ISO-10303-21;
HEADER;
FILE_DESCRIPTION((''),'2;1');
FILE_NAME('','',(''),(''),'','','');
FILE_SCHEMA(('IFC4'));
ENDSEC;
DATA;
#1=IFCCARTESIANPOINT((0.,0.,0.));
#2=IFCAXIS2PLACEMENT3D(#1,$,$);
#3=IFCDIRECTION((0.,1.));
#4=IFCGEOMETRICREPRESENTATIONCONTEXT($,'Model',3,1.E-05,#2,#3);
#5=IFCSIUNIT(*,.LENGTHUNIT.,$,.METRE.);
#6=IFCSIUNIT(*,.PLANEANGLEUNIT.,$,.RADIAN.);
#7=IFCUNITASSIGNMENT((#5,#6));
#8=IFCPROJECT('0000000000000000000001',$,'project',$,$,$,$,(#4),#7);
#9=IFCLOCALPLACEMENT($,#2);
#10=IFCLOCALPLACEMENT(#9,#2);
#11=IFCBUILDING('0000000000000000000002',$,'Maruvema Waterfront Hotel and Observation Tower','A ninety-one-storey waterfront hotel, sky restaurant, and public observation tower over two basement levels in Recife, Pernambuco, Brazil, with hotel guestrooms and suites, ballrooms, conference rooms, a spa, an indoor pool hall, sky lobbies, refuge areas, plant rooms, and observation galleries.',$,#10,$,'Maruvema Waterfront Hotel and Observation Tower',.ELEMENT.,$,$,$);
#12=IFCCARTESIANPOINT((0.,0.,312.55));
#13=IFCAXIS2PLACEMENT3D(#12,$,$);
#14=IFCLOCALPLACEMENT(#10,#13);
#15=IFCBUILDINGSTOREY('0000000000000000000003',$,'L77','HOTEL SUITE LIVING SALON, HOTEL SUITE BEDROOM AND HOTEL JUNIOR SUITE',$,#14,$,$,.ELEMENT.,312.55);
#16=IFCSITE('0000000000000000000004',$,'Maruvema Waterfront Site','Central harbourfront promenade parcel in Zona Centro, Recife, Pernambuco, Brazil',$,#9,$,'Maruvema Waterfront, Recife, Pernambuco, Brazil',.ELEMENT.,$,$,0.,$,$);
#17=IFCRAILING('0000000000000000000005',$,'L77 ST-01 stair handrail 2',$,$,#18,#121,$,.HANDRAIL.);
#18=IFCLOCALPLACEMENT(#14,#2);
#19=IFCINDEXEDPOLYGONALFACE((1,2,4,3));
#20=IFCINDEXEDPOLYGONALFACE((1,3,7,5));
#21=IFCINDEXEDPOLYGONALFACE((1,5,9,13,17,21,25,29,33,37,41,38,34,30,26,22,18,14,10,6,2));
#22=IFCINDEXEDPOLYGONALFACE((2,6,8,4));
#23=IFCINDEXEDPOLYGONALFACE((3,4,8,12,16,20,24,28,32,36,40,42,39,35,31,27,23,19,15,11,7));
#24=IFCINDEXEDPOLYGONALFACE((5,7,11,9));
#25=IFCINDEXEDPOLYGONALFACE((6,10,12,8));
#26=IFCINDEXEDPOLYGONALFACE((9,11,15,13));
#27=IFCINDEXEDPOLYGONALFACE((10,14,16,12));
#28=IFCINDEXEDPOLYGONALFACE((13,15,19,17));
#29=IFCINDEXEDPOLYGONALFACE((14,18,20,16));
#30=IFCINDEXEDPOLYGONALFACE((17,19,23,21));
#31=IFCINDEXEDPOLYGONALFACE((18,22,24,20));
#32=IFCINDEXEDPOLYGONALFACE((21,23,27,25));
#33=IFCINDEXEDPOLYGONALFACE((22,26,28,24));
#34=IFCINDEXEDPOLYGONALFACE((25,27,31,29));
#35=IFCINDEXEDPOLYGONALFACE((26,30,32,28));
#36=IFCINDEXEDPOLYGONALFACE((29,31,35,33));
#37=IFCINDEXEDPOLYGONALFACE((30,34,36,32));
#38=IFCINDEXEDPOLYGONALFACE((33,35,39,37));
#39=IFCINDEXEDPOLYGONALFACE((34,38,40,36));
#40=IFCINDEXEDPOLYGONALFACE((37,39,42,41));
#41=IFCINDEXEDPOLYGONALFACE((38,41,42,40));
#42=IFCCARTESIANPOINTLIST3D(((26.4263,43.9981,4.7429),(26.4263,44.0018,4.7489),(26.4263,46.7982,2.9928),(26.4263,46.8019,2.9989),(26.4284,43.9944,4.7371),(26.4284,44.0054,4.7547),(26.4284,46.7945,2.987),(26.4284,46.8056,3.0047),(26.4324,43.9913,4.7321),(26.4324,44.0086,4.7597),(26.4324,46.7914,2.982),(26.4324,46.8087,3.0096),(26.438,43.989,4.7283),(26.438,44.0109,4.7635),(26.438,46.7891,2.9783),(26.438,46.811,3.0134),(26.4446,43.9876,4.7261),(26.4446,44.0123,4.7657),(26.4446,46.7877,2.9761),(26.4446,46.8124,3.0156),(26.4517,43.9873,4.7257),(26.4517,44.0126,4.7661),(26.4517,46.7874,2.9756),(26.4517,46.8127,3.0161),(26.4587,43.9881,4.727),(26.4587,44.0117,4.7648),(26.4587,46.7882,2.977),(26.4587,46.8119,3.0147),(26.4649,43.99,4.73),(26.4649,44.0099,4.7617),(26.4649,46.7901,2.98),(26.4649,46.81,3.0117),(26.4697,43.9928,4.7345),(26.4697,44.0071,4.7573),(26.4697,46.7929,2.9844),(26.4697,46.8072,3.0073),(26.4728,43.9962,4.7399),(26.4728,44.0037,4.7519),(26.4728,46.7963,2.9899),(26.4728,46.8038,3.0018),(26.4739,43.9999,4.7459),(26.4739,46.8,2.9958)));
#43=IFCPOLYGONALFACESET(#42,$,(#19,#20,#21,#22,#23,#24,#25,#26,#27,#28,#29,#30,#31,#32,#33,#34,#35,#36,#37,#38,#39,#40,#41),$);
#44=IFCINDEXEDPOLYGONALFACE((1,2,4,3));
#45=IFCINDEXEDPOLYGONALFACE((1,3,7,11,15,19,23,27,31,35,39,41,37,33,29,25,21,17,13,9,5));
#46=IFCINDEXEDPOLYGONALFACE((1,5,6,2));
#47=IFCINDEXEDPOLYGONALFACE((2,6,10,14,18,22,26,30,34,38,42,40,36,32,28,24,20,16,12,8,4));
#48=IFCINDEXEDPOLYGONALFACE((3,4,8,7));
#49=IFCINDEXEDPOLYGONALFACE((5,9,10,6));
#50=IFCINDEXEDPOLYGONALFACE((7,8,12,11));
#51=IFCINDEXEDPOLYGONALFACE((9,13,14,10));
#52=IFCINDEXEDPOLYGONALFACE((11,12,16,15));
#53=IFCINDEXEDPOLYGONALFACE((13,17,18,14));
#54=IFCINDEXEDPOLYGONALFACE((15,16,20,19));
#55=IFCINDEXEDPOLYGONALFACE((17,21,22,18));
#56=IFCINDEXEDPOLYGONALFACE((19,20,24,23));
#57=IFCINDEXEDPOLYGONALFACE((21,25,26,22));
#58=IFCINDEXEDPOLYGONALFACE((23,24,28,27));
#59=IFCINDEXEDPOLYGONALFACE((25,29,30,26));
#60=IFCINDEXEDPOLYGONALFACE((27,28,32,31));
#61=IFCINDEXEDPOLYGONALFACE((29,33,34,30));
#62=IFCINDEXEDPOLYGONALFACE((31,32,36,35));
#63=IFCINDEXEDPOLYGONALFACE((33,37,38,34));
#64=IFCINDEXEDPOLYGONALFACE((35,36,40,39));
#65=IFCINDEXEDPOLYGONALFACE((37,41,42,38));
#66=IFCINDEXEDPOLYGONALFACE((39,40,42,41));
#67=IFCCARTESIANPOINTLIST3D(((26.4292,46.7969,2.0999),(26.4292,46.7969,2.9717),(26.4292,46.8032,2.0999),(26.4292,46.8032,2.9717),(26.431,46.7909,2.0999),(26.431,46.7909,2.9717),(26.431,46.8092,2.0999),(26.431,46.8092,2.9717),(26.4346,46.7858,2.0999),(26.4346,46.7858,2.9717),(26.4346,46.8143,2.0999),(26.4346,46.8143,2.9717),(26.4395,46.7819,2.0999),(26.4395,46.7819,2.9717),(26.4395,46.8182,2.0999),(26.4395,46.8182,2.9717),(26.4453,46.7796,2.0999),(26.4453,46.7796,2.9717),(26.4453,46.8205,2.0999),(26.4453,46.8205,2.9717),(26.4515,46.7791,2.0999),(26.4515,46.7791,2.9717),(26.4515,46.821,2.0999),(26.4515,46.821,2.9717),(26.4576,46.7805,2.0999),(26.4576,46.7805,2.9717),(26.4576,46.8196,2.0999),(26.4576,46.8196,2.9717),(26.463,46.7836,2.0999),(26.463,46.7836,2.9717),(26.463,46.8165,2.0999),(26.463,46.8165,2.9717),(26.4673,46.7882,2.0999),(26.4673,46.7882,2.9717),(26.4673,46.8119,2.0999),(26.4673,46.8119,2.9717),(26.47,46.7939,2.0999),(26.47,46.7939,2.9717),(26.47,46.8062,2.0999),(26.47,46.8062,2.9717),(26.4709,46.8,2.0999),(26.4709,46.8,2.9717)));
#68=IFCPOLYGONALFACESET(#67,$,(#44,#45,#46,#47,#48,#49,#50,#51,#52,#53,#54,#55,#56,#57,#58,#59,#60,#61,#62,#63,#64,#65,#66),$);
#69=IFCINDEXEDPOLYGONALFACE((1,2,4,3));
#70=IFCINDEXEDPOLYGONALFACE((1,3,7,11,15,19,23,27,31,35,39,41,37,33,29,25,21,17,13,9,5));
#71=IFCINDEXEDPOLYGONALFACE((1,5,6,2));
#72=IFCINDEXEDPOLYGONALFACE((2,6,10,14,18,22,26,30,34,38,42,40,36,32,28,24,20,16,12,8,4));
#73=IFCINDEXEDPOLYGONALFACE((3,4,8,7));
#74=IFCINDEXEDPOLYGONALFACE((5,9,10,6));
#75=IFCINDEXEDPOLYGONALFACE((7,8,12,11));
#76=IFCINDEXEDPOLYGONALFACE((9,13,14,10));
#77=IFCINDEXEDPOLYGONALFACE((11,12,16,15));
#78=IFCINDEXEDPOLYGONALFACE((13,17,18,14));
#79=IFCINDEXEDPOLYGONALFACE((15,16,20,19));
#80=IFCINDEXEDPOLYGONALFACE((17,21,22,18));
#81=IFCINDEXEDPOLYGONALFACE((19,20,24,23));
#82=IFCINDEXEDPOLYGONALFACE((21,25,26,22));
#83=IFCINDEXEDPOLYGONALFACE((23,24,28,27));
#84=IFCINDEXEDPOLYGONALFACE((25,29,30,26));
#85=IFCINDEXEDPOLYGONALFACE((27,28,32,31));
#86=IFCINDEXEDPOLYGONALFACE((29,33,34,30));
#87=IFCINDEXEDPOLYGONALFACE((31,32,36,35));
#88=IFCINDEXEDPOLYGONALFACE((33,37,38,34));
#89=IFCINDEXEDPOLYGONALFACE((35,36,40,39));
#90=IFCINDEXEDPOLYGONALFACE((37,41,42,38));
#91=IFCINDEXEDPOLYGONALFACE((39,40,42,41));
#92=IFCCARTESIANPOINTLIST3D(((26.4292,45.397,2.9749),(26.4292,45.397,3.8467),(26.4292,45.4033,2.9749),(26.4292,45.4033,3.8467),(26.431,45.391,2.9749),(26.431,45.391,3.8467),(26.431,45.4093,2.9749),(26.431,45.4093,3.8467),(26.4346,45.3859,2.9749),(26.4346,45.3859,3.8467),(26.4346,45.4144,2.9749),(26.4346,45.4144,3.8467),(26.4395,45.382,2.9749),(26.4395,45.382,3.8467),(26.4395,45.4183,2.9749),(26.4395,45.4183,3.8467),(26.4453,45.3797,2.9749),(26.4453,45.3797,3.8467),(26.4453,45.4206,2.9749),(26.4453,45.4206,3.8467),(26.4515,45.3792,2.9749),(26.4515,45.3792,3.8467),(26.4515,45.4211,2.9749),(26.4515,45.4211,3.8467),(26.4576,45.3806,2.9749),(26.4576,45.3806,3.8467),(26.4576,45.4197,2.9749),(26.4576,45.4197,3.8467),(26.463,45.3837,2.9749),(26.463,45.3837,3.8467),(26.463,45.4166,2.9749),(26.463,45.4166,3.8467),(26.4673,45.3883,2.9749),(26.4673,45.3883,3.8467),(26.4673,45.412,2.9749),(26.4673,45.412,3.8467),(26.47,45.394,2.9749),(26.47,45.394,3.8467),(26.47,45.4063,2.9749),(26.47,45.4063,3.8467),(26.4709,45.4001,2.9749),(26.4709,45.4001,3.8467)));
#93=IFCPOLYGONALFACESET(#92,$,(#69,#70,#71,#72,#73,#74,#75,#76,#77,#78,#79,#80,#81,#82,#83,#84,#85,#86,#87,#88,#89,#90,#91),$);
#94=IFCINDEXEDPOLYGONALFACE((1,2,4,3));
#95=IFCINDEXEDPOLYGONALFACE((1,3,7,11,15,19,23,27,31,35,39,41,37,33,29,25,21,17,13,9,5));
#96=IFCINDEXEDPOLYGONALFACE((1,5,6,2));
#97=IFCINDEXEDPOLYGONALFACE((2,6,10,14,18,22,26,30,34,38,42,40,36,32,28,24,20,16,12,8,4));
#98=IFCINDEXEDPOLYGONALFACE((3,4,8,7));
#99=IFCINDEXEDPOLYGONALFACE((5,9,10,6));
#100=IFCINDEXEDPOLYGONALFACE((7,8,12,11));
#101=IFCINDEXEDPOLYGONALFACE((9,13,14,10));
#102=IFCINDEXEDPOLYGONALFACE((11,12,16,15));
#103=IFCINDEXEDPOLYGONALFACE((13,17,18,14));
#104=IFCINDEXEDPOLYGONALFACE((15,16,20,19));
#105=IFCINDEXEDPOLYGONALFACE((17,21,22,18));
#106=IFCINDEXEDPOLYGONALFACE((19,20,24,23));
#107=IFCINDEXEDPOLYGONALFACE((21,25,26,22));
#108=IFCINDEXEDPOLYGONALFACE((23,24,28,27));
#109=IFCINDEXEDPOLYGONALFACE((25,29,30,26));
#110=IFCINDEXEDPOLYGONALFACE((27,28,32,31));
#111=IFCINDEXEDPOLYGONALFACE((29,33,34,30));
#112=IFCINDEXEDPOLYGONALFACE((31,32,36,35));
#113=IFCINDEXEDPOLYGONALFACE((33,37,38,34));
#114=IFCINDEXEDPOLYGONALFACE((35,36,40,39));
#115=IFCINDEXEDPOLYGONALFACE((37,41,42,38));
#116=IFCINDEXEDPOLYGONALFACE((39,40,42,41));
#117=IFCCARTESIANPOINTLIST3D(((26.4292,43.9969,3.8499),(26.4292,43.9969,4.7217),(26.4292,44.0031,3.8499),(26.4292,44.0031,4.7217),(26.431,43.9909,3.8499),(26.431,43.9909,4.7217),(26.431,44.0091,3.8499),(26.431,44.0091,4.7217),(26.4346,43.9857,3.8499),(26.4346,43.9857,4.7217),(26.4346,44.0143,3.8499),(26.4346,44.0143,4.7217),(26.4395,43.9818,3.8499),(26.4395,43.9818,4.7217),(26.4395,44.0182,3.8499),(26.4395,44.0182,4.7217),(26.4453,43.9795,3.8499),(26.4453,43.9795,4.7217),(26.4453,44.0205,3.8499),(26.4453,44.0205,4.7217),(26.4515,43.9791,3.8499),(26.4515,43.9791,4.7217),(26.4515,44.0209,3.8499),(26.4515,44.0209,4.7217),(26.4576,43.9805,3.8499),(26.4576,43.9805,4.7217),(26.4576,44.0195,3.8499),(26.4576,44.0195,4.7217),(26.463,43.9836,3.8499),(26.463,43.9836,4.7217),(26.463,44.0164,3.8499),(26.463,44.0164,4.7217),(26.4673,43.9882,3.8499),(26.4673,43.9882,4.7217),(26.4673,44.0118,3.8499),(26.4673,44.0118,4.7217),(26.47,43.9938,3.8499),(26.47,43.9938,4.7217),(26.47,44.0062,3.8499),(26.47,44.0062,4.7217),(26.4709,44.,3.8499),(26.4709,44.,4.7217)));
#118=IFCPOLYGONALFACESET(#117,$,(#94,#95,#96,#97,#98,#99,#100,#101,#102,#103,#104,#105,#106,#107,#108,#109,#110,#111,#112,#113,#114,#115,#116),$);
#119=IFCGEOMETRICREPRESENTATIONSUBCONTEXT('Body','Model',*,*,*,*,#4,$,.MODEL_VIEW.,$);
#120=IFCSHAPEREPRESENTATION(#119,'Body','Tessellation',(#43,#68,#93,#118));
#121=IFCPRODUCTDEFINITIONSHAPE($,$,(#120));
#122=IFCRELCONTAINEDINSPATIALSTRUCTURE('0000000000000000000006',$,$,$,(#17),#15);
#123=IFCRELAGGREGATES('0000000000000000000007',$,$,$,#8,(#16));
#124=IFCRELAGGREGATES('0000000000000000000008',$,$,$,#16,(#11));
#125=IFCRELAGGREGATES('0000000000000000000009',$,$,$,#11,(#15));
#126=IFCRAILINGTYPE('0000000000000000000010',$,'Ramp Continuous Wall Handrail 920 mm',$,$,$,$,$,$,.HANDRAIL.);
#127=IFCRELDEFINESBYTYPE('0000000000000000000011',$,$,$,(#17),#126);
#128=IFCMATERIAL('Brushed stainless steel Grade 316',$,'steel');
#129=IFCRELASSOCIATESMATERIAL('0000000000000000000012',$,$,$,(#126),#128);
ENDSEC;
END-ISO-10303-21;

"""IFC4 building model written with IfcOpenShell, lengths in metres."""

from ifc_helpers import new_model, si_unit, direction, frame, origin, origin_2d, place, context, subcontext, project, spatial, circle, extrude, material, type_object, element, save


model = new_model("IFC4")

# Units and contexts
model_context = context("Model", 3, precision=1e-05, world=origin(), true_north=direction((0.0, 1.0)))
body_context = subcontext(model_context, "Body", "Model", "MODEL_VIEW")
ifc_project = project(units=[si_unit("LENGTHUNIT", "METRE"), si_unit("PLANEANGLEUNIT", "RADIAN")], contexts=[model_context])

# Site, building, storey
site_placement = place(None, origin())
site = spatial("IfcSite", under=ifc_project, at=site_placement, Name="Maruvema Waterfront Site", Description="Central harbourfront promenade parcel in Zona Centro, Recife, Pernambuco, Brazil", LongName="Maruvema Waterfront, Recife, Pernambuco, Brazil", CompositionType="ELEMENT", RefElevation=0.0)
building_placement = place(site_placement, origin())
building = spatial("IfcBuilding", under=site, at=building_placement, Name="Maruvema Waterfront Hotel and Observation Tower", Description="A ninety-one-storey waterfront hotel, sky restaurant, and public observation tower over two basement levels in Recife, Pernambuco, Brazil, with hotel guestrooms and suites, ballrooms, conference rooms, a spa, an indoor pool hall, sky lobbies, refuge areas, plant rooms, and observation galleries.", LongName="Maruvema Waterfront Hotel and Observation Tower", CompositionType="ELEMENT")
storey_placement = place(building_placement, frame((0.0, 0.0, 312.55)))
storey = spatial("IfcBuildingStorey", under=building, at=storey_placement, Name="L77", Description="HOTEL SUITE LIVING SALON, HOTEL SUITE BEDROOM AND HOTEL JUNIOR SUITE", CompositionType="ELEMENT", Elevation=312.55)

# Railing
ifc_material_1 = material(Name="Brushed stainless steel Grade 316", Category="steel")
railing_type_1 = type_object("IfcRailingType", Name="Ramp Continuous Wall Handrail 920 mm", PredefinedType="HANDRAIL", material=ifc_material_1)
railing_1_placement = place(storey_placement, frame((26.45, 46.8, 2.0999)))
element("IfcRailing", 1, at=railing_1_placement, inside=storey, type_object=railing_type_1, Name="L77 ST-01 stair handrail 2", PredefinedType="HANDRAIL", context=body_context, shape_type="SweptSolid", body=[
    extrude(circle(Radius=0.0239, at=origin_2d()), frame((0.0, 0.0, 0.896), z_axis=(0.0, -0.848002, 0.529992), x_axis=(1.0, 0.0, 0.0)), (0.0, 0.0, 1.0), 3.302),
    extrude(circle(Radius=0.021, at=origin_2d()), origin(), (0.0, 0.0, 1.0), 0.8718),
    extrude(circle(Radius=0.021, at=origin_2d()), frame((0.0, -1.3999, 0.875)), (0.0, 0.0, 1.0), 0.8718),
    extrude(circle(Radius=0.021, at=origin_2d()), frame((0.0, -2.8, 1.75)), (0.0, 0.0, 1.0), 0.8718),
])

save(model, "model.ifc")
